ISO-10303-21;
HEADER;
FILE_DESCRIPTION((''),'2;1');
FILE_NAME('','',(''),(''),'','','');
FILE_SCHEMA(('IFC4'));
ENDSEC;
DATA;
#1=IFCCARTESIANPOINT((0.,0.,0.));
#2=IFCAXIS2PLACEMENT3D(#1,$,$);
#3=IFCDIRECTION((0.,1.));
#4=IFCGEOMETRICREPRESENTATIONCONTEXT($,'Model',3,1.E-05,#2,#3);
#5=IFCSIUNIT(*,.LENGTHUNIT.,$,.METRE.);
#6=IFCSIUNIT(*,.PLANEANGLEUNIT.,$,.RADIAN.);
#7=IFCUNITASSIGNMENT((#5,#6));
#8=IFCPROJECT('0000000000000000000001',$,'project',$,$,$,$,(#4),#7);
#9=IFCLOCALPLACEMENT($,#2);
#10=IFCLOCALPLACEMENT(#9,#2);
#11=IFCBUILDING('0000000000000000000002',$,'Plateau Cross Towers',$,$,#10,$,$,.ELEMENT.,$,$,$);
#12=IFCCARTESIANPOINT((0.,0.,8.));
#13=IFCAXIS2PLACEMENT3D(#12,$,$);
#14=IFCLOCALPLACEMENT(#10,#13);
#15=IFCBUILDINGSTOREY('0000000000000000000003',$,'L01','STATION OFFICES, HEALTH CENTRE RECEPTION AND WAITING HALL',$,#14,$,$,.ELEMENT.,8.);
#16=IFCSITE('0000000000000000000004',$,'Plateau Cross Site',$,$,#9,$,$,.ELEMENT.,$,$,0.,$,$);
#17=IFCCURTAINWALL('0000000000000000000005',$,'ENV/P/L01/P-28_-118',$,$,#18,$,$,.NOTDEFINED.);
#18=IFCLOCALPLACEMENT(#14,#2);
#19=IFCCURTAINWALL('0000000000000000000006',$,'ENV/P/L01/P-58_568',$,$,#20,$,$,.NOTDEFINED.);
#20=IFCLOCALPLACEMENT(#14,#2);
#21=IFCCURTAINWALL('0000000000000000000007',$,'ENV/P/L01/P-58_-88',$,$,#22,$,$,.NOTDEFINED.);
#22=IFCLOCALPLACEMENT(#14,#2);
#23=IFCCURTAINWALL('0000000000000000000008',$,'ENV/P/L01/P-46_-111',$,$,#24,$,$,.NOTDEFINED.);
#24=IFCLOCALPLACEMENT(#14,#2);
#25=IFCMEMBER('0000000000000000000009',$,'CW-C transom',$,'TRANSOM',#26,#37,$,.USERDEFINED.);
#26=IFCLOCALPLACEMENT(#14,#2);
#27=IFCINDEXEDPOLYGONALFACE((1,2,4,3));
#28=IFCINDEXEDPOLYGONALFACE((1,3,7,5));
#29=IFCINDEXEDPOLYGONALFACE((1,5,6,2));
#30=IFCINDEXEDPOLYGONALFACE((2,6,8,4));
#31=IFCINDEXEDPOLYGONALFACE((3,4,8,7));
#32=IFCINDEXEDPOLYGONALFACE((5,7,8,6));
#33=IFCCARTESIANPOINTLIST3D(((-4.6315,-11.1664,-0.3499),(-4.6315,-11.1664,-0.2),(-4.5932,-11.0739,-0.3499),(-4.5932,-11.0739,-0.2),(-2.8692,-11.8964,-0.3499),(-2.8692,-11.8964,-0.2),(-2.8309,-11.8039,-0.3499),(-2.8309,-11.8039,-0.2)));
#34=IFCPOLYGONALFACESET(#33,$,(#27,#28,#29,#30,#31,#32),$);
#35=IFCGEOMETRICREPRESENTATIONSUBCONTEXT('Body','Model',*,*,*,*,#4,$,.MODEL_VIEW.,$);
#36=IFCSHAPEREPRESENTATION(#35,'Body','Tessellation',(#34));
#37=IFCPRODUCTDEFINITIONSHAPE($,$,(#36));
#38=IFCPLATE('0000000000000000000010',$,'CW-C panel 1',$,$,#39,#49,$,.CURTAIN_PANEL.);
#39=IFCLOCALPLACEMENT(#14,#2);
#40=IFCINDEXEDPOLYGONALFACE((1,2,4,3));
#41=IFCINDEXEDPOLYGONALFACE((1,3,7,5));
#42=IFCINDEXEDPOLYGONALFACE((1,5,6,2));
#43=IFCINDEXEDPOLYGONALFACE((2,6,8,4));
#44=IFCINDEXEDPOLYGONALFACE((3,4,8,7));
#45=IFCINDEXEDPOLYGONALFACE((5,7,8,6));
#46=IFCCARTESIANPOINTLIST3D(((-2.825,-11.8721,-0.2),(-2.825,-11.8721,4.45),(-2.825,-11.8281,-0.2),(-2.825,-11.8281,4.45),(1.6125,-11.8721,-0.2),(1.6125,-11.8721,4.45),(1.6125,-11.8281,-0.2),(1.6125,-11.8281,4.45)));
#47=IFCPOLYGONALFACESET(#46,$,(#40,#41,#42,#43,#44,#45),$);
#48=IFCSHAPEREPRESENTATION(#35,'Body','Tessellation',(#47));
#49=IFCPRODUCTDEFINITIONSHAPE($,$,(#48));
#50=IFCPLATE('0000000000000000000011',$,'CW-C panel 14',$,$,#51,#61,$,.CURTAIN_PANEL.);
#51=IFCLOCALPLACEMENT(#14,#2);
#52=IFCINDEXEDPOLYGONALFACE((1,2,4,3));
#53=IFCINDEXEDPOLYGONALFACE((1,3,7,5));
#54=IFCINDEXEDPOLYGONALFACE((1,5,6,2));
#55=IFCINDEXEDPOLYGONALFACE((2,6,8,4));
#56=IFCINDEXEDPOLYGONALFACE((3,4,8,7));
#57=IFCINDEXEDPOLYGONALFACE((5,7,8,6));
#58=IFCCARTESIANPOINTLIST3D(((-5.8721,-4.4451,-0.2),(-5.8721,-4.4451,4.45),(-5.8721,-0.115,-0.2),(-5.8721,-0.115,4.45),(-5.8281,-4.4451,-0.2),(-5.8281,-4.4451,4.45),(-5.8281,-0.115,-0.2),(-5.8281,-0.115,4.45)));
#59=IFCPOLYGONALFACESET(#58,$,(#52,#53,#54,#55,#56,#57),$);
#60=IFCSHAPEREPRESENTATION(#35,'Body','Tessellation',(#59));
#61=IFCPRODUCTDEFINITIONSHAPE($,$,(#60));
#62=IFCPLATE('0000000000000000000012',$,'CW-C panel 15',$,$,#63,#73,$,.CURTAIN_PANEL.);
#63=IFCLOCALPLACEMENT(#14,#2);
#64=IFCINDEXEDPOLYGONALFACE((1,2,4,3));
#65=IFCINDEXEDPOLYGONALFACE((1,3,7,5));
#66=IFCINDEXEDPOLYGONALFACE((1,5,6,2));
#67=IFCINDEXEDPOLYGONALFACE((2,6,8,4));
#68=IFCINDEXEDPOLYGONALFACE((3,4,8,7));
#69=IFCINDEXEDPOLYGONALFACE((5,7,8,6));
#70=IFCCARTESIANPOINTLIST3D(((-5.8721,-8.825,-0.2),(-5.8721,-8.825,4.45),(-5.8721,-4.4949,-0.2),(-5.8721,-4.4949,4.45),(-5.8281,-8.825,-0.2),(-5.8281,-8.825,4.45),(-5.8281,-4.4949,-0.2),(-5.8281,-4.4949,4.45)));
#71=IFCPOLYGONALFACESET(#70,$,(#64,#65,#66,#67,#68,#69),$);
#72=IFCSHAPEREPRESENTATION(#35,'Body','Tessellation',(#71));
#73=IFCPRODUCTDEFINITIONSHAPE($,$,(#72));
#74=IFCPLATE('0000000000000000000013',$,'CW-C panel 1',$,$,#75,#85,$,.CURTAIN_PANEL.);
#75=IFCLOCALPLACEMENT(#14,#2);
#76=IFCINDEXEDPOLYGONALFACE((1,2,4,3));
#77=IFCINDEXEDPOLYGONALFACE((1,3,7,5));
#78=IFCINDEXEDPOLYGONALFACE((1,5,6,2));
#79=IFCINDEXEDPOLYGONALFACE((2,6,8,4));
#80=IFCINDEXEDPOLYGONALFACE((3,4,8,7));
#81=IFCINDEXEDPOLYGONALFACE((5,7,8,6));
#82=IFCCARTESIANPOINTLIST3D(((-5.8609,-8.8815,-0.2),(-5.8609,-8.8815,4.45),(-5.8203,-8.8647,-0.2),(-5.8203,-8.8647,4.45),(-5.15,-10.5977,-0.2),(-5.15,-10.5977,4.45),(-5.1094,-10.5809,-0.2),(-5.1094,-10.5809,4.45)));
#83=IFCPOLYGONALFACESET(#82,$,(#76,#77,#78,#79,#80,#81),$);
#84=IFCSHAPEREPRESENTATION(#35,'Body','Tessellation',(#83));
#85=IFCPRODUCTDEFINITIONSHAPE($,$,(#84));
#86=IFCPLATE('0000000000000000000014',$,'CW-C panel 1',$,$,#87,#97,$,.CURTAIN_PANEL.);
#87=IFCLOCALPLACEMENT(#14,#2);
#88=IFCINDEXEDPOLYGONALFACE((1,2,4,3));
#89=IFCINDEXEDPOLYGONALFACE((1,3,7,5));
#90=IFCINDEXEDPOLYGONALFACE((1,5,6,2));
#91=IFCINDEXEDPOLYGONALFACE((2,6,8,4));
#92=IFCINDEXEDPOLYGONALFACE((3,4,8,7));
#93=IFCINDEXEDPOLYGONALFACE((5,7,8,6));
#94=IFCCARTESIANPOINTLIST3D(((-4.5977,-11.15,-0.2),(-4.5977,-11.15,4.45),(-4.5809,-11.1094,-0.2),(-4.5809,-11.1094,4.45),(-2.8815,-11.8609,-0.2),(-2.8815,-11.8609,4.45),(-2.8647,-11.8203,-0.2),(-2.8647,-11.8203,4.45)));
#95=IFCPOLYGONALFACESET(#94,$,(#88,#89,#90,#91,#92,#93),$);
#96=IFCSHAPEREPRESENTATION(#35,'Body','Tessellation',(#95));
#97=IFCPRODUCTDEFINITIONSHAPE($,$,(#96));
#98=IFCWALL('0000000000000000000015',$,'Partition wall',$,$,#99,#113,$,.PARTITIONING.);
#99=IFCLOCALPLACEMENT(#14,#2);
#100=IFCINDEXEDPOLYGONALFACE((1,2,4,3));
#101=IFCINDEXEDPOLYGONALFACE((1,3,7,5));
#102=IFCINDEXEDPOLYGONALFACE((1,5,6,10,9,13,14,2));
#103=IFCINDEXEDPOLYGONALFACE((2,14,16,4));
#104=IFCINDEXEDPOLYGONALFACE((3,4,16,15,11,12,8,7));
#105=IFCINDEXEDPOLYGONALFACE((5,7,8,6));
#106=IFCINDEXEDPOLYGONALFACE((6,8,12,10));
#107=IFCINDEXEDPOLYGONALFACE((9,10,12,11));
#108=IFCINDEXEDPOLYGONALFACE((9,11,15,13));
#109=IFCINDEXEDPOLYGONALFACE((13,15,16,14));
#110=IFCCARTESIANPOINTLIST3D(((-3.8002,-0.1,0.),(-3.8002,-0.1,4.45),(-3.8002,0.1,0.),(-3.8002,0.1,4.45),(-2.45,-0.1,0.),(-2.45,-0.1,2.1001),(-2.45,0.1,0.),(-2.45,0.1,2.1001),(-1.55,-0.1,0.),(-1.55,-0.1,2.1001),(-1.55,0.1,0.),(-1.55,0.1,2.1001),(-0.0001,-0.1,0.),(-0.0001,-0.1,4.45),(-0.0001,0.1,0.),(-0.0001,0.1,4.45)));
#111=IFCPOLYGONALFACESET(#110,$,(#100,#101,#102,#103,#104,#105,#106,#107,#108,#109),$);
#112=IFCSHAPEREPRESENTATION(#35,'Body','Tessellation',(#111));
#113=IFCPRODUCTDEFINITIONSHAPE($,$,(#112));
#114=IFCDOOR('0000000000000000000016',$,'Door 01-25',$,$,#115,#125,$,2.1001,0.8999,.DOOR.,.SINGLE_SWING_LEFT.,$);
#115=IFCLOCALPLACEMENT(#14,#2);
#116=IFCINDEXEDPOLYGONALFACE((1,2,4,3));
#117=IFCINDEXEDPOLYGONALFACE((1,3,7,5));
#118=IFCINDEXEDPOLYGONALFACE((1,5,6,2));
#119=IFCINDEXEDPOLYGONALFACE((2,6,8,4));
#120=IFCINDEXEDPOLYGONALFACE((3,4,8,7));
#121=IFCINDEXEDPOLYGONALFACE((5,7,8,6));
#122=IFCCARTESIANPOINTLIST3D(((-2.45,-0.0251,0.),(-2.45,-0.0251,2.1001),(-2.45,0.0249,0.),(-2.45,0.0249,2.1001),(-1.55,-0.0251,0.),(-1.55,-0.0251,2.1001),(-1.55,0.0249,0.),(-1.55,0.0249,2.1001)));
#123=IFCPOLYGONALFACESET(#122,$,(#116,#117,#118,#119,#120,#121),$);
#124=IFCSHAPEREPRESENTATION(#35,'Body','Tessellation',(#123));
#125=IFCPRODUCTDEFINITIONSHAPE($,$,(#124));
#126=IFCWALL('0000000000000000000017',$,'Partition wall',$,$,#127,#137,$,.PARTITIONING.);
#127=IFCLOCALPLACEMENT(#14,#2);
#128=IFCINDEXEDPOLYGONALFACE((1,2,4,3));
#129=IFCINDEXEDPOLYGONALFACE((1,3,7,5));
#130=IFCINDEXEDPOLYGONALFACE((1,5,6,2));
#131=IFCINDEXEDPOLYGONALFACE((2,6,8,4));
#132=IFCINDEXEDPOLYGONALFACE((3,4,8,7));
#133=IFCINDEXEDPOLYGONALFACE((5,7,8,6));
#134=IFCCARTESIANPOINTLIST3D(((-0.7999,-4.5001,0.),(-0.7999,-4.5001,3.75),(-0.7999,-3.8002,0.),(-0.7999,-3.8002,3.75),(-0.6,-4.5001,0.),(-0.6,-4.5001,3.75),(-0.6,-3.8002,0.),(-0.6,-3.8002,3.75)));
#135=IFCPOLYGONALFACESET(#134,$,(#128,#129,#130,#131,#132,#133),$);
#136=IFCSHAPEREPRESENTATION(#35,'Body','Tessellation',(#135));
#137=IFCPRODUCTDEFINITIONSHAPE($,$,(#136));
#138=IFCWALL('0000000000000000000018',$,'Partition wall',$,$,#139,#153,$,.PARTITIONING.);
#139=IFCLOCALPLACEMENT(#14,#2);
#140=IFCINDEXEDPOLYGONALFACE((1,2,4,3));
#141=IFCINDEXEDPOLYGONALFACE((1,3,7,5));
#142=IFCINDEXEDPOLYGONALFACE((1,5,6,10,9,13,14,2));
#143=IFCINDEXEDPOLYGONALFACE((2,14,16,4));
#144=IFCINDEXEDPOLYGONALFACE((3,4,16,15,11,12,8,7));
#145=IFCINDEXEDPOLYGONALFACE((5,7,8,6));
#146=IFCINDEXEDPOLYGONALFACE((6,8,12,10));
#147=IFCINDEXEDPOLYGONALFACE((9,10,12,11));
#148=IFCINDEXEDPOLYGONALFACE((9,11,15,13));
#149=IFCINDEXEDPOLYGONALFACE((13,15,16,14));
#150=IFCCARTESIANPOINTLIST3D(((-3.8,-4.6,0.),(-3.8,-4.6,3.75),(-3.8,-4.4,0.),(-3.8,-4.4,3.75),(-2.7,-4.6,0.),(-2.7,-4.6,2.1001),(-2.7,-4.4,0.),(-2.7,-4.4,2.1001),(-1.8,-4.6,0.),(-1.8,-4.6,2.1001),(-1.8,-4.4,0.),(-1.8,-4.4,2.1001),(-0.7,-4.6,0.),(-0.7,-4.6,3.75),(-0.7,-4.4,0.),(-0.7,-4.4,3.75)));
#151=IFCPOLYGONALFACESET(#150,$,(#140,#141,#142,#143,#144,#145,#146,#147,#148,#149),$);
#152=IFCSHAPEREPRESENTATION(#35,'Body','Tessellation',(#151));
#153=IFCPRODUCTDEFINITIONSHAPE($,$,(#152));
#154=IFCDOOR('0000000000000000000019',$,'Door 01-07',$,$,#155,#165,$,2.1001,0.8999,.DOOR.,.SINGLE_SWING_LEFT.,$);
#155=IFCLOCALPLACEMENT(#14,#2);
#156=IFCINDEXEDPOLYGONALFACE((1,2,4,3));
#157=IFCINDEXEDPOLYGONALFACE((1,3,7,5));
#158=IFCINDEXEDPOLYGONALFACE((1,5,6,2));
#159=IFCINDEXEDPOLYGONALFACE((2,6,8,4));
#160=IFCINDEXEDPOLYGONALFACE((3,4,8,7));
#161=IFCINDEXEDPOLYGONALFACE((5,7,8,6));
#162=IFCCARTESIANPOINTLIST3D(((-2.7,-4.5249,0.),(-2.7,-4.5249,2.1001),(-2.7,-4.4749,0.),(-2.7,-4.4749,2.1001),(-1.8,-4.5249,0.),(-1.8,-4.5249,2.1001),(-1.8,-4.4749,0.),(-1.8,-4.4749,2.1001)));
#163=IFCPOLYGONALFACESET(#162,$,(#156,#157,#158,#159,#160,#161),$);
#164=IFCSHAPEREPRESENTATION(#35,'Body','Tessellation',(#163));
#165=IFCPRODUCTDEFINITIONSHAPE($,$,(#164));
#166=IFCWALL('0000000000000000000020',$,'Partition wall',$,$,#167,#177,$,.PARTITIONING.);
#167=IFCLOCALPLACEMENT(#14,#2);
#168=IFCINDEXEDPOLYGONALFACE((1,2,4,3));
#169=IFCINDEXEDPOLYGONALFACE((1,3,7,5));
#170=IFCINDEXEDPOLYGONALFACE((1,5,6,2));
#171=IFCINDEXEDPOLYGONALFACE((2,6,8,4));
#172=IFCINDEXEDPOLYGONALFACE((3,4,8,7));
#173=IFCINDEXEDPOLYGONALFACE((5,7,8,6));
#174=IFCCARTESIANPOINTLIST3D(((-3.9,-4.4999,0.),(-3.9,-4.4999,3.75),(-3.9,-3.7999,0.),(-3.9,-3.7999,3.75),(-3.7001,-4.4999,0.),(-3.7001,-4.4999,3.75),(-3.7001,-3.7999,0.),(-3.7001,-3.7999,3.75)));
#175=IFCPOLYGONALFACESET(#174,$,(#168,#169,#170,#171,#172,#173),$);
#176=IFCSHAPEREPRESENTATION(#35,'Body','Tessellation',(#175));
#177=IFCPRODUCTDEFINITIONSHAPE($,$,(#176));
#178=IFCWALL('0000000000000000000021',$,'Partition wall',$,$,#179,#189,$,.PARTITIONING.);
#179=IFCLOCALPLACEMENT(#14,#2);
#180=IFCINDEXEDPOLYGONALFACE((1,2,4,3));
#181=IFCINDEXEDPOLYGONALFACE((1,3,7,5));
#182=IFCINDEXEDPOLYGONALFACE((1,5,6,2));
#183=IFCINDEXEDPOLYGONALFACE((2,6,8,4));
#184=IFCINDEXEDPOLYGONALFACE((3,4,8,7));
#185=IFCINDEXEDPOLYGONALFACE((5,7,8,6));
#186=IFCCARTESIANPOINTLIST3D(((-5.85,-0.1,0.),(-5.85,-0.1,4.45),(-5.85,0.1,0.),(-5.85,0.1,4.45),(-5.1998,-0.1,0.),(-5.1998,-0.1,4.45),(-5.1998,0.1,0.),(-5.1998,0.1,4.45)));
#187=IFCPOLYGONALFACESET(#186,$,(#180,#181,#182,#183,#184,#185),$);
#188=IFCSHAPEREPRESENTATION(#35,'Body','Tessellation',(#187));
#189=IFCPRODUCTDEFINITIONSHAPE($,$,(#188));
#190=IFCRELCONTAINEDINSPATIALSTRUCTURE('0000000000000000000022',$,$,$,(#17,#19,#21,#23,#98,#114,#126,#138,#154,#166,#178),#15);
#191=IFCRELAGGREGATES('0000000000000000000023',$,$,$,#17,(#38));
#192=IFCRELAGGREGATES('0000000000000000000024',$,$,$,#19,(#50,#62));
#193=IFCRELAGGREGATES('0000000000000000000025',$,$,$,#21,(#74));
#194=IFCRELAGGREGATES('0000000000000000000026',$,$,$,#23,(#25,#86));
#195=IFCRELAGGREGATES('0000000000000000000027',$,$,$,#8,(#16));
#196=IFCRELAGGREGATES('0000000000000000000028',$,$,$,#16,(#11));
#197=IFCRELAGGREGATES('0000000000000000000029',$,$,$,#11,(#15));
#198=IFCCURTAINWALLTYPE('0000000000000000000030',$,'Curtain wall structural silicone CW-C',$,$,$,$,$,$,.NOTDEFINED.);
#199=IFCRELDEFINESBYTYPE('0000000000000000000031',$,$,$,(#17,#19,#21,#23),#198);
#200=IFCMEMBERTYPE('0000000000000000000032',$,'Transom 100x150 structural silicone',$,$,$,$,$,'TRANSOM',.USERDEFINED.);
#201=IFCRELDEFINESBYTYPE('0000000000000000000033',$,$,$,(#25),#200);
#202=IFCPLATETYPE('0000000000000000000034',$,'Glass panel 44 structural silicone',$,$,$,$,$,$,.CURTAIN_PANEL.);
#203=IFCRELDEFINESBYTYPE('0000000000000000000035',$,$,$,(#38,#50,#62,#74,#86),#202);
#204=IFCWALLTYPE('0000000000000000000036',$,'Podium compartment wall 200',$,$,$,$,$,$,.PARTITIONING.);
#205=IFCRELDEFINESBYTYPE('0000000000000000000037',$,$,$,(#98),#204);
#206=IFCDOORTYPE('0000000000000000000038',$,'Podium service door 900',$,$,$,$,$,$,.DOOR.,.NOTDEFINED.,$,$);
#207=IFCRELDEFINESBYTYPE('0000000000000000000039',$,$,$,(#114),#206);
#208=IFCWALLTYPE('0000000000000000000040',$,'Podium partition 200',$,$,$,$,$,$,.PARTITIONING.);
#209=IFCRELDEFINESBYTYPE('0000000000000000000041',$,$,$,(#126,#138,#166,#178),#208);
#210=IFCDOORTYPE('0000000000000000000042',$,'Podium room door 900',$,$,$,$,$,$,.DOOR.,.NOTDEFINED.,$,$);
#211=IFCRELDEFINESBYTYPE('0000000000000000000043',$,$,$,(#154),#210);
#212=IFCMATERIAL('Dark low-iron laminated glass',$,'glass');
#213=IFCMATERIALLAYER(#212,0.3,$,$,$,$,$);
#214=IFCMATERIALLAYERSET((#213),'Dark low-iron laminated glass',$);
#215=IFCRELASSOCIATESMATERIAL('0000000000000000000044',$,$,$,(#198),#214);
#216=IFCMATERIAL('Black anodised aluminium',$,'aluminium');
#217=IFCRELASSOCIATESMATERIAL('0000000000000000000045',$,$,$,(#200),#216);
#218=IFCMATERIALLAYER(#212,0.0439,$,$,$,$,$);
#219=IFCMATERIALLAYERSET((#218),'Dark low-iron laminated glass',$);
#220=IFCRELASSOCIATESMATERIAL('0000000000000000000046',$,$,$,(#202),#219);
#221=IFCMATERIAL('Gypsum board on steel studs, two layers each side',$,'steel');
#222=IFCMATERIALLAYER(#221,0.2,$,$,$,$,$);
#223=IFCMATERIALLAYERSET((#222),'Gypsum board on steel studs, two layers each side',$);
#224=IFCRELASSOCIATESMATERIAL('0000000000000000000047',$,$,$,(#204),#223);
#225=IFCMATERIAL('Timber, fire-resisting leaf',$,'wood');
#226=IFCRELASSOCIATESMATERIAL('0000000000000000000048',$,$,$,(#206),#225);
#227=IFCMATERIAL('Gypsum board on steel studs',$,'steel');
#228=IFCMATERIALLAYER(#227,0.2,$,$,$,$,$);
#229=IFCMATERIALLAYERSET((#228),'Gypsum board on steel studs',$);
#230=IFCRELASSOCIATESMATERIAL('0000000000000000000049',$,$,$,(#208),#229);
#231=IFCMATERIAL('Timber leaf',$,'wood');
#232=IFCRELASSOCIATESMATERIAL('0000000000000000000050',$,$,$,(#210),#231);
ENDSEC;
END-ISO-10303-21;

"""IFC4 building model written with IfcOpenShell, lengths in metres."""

from ifc_helpers import new_model, si_unit, direction, frame, frame_2d, origin, origin_2d, place, context, subcontext, project, spatial, rectangle, extrude, material, layer, layer_set, material_profile, profile_set, type_object, element, fill, aggregate, save


model = new_model("IFC4")

# Units and contexts
model_context = context("Model", 3, precision=1e-05, world=origin(), true_north=direction((0.0, 1.0)))
body_context = subcontext(model_context, "Body", "Model", "MODEL_VIEW")
ifc_project = project(units=[si_unit("LENGTHUNIT", "METRE"), si_unit("PLANEANGLEUNIT", "RADIAN")], contexts=[model_context])

# Site, building, storey
site_placement = place(None, origin())
site = spatial("IfcSite", under=ifc_project, at=site_placement, Name="Plateau Cross Site", CompositionType="ELEMENT", RefElevation=0.0)
building_placement = place(site_placement, origin())
building = spatial("IfcBuilding", under=site, at=building_placement, Name="Plateau Cross Towers", CompositionType="ELEMENT")
storey_placement = place(building_placement, frame((0.0, 0.0, 8.0)))
storey = spatial("IfcBuildingStorey", under=building, at=storey_placement, Name="L01", Description="STATION OFFICES, HEALTH CENTRE RECEPTION AND WAITING HALL", CompositionType="ELEMENT", Elevation=8.0)

# Curtain wall
ifc_material_1 = material(Name="Dark low-iron laminated glass", Category="glass")
ifc_layer_1 = layer(ifc_material_1, 0.3)
ifc_layer_set_1 = layer_set([ifc_layer_1], Name="Dark low-iron laminated glass")
curtain_wall_type = type_object("IfcCurtainWallType", Name="Curtain wall structural silicone CW-C", PredefinedType="NOTDEFINED", material=ifc_layer_set_1)
curtain_wall_1_placement = place(storey_placement, origin())
curtain_wall_1 = element("IfcCurtainWall", 1, at=curtain_wall_1_placement, inside=storey, type_object=curtain_wall_type, Name="ENV/P/L01/P-28_-118", PredefinedType="NOTDEFINED")
ifc_material_2 = material(Name="Black anodised aluminium", Category="aluminium")

# Curtain walls
curtain_wall_2_placement = place(storey_placement, origin())
curtain_wall_2 = element("IfcCurtainWall", 2, at=curtain_wall_2_placement, inside=storey, type_object=curtain_wall_type, Name="ENV/P/L01/P-58_568", PredefinedType="NOTDEFINED")
curtain_wall_3_placement = place(storey_placement, origin())
curtain_wall_3 = element("IfcCurtainWall", 3, at=curtain_wall_3_placement, inside=storey, type_object=curtain_wall_type, Name="ENV/P/L01/P-58_-88", PredefinedType="NOTDEFINED")

# Curtain wall
curtain_wall_4_placement = place(storey_placement, origin())
curtain_wall_4 = element("IfcCurtainWall", 4, at=curtain_wall_4_placement, inside=storey, type_object=curtain_wall_type, Name="ENV/P/L01/P-46_-111", PredefinedType="NOTDEFINED")

# Member
ifc_material_profile_1 = material_profile(ifc_material_2, rectangle(XDim=0.1001, YDim=0.1499, at=origin_2d()), Name="TRANSOM 100x150")
ifc_profile_set_1 = profile_set([ifc_material_profile_1], Name="Black anodised aluminium")
member_type_1 = type_object("IfcMemberType", Name="Transom 100x150 structural silicone", ElementType="TRANSOM", PredefinedType="USERDEFINED", material=ifc_profile_set_1)
member_1_placement = place(storey_placement, frame((-4.6123, -11.1201, -0.2749), z_axis=(0.92387, -0.382706, 0.0), x_axis=(0.382706, 0.92387, 0.0)))
member_1 = element("IfcMember", 5, at=member_1_placement, type_object=member_type_1, Name="CW-C transom", ObjectType="TRANSOM", PredefinedType="USERDEFINED", context=body_context, shape_type="SweptSolid", body=[
    extrude(rectangle(XDim=0.1001, YDim=0.1499, at=origin_2d()), origin(), (0.0, 0.0, 1.0), 1.9075),
])

# Plates
ifc_layer_2 = layer(ifc_material_1, 0.0439)
ifc_layer_set_2 = layer_set([ifc_layer_2], Name="Dark low-iron laminated glass")
plate_type = type_object("IfcPlateType", Name="Glass panel 44 structural silicone", PredefinedType="CURTAIN_PANEL", material=ifc_layer_set_2)
plate_1_placement = place(storey_placement, frame((-0.6062, -11.8501, -0.2), z_axis=(0.0, 0.0, 1.0), x_axis=(1.0, 0.0, 0.0)))
plate_1 = element("IfcPlate", 6, at=plate_1_placement, type_object=plate_type, Name="CW-C panel 1", PredefinedType="CURTAIN_PANEL", context=body_context, shape_type="SweptSolid", body=[
    extrude(rectangle(XDim=4.4375, YDim=0.0439, at=origin_2d()), origin(), (0.0, 0.0, 1.0), 4.6499),
])
aggregate(curtain_wall_1, [plate_1])
plate_2_placement = place(storey_placement, frame((-5.8501, -2.28, -0.2), z_axis=(0.0, 0.0, 1.0), x_axis=(0.0, -1.0, 0.0)))
plate_2 = element("IfcPlate", 7, at=plate_2_placement, type_object=plate_type, Name="CW-C panel 14", PredefinedType="CURTAIN_PANEL", context=body_context, shape_type="SweptSolid", body=[
    extrude(rectangle(XDim=4.3301, YDim=0.0439, at=origin_2d()), origin(), (0.0, 0.0, 1.0), 4.6499),
])
plate_3_placement = place(storey_placement, frame((-5.8501, -6.6599, -0.2), z_axis=(0.0, 0.0, 1.0), x_axis=(0.0, -1.0, 0.0)))
plate_3 = element("IfcPlate", 8, at=plate_3_placement, type_object=plate_type, Name="CW-C panel 15", PredefinedType="CURTAIN_PANEL", context=body_context, shape_type="SweptSolid", body=[
    extrude(rectangle(XDim=4.3301, YDim=0.0439, at=origin_2d()), origin(), (0.0, 0.0, 1.0), 4.6499),
])
aggregate(curtain_wall_2, [plate_2, plate_3])
plate_4_placement = place(storey_placement, frame((-5.4851, -9.7312, -0.2), z_axis=(0.0, 0.0, 1.0), x_axis=(0.382684, -0.923879, 0.0)))
plate_4 = element("IfcPlate", 9, at=plate_4_placement, type_object=plate_type, Name="CW-C panel 1", PredefinedType="CURTAIN_PANEL", context=body_context, shape_type="SweptSolid", body=[
    extrude(rectangle(XDim=1.8577, YDim=0.0439, at=origin_2d()), origin(), (0.0, 0.0, 1.0), 4.6499),
])
aggregate(curtain_wall_3, [plate_4])
plate_5_placement = place(storey_placement, frame((-3.7312, -11.4851, -0.2), z_axis=(0.0, 0.0, 1.0), x_axis=(0.923879, -0.382684, 0.0)))
plate_5 = element("IfcPlate", 10, at=plate_5_placement, type_object=plate_type, Name="CW-C panel 1", PredefinedType="CURTAIN_PANEL", context=body_context, shape_type="SweptSolid", body=[
    extrude(rectangle(XDim=1.8577, YDim=0.0439, at=origin_2d()), origin(), (0.0, 0.0, 1.0), 4.6499),
])
aggregate(curtain_wall_4, [member_1, plate_5])

# Wall, opening, door
ifc_material_3 = material(Name="Gypsum board on steel studs, two layers each side", Category="steel")
ifc_layer_3 = layer(ifc_material_3, 0.2)
ifc_layer_set_3 = layer_set([ifc_layer_3], Name="Gypsum board on steel studs, two layers each side")
wall_type_1 = type_object("IfcWallType", Name="Podium compartment wall 200", PredefinedType="PARTITIONING", material=ifc_layer_set_3)
wall_1_placement = place(storey_placement, frame((-3.8, 0.0, 0.0), z_axis=(0.0, 0.0, 1.0), x_axis=(1.0, 0.0, 0.0)))
wall_1 = element("IfcWall", 11, at=wall_1_placement, inside=storey, type_object=wall_type_1, Name="Partition wall", PredefinedType="PARTITIONING", context=body_context, shape_type="SweptSolid", body=[
    extrude(rectangle(XDim=3.8, YDim=0.2, at=frame_2d((1.8999, 0.0))), origin(), (0.0, 0.0, 1.0), 4.45),
])
opening_1_placement = place(wall_1_placement, frame((1.3501, 0.0, 0.0)))
opening_1 = element("IfcOpeningElement", 12, at=opening_1_placement, cuts=wall_1, PredefinedType="OPENING", context=body_context, shape_type="SweptSolid", body=[
    extrude(rectangle(XDim=0.8999, YDim=2.1001, at=frame_2d((0.45, 1.05))), frame((0.0, 0.1099, 0.0), z_axis=(0.0, -1.0, 0.0), x_axis=(1.0, 0.0, 0.0)), (0.0, 0.0, 1.0), 0.22),
])
ifc_material_4 = material(Name="Timber, fire-resisting leaf", Category="wood")
door_type_1 = type_object("IfcDoorType", Name="Podium service door 900", OperationType="NOTDEFINED", PredefinedType="DOOR", material=ifc_material_4)
door_1_placement = place(opening_1_placement, origin())
door_1 = element("IfcDoor", 13, at=door_1_placement, inside=storey, type_object=door_type_1, Name="Door 01-25", OperationType="SINGLE_SWING_LEFT", OverallHeight=2.1001, OverallWidth=0.8999, PredefinedType="DOOR", context=body_context, shape_type="SweptSolid", body=[
    extrude(rectangle(XDim=0.8999, YDim=2.1001, at=frame_2d((0.45, 1.05))), frame((0.0, 0.0249, 0.0), z_axis=(0.0, -1.0, 0.0), x_axis=(1.0, 0.0, 0.0)), (0.0, 0.0, 1.0), 0.05),
])
fill(opening_1, door_1)

# Wall
ifc_material_5 = material(Name="Gypsum board on steel studs", Category="steel")
ifc_layer_4 = layer(ifc_material_5, 0.2)
ifc_layer_set_4 = layer_set([ifc_layer_4], Name="Gypsum board on steel studs")
wall_type_2 = type_object("IfcWallType", Name="Podium partition 200", PredefinedType="PARTITIONING", material=ifc_layer_set_4)
wall_2_placement = place(storey_placement, frame((-0.7, -3.8, 0.0), z_axis=(0.0, 0.0, 1.0), x_axis=(0.0, -1.0, 0.0)))
element("IfcWall", 14, at=wall_2_placement, inside=storey, type_object=wall_type_2, Name="Partition wall", PredefinedType="PARTITIONING", context=body_context, shape_type="SweptSolid", body=[
    extrude(rectangle(XDim=0.7, YDim=0.2, at=frame_2d((0.3501, 0.0))), origin(), (0.0, 0.0, 1.0), 3.75),
])

# Wall, opening, door
wall_3_placement = place(storey_placement, frame((-0.7, -4.5, 0.0), z_axis=(0.0, 0.0, 1.0), x_axis=(-1.0, 0.0, 0.0)))
wall_3 = element("IfcWall", 15, at=wall_3_placement, inside=storey, type_object=wall_type_2, Name="Partition wall", PredefinedType="PARTITIONING", context=body_context, shape_type="SweptSolid", body=[
    extrude(rectangle(XDim=3.1001, YDim=0.2, at=frame_2d((1.55, 0.0))), origin(), (0.0, 0.0, 1.0), 3.75),
])
opening_2_placement = place(wall_3_placement, frame((1.1001, 0.0, 0.0)))
opening_2 = element("IfcOpeningElement", 16, at=opening_2_placement, cuts=wall_3, PredefinedType="OPENING", context=body_context, shape_type="SweptSolid", body=[
    extrude(rectangle(XDim=0.8999, YDim=2.1001, at=frame_2d((0.45, 1.05))), frame((0.0, 0.1099, 0.0), z_axis=(0.0, -1.0, 0.0), x_axis=(1.0, 0.0, 0.0)), (0.0, 0.0, 1.0), 0.22),
])
ifc_material_6 = material(Name="Timber leaf", Category="wood")
door_type_2 = type_object("IfcDoorType", Name="Podium room door 900", OperationType="NOTDEFINED", PredefinedType="DOOR", material=ifc_material_6)
door_2_placement = place(opening_2_placement, origin())
door_2 = element("IfcDoor", 17, at=door_2_placement, inside=storey, type_object=door_type_2, Name="Door 01-07", OperationType="SINGLE_SWING_LEFT", OverallHeight=2.1001, OverallWidth=0.8999, PredefinedType="DOOR", context=body_context, shape_type="SweptSolid", body=[
    extrude(rectangle(XDim=0.8999, YDim=2.1001, at=frame_2d((0.45, 1.05))), frame((0.0, 0.0249, 0.0), z_axis=(0.0, -1.0, 0.0), x_axis=(1.0, 0.0, 0.0)), (0.0, 0.0, 1.0), 0.05),
])
fill(opening_2, door_2)

# Walls
wall_4_placement = place(storey_placement, frame((-3.8, -4.5, 0.0), z_axis=(0.0, 0.0, 1.0), x_axis=(0.0, 1.0, 0.0)))
element("IfcWall", 18, at=wall_4_placement, inside=storey, type_object=wall_type_2, Name="Partition wall", PredefinedType="PARTITIONING", context=body_context, shape_type="SweptSolid", body=[
    extrude(rectangle(XDim=0.7, YDim=0.2, at=frame_2d((0.3501, 0.0))), origin(), (0.0, 0.0, 1.0), 3.75),
])
wall_5_placement = place(storey_placement, frame((-5.8501, 0.0, 0.0), z_axis=(0.0, 0.0, 1.0), x_axis=(1.0, 0.0, 0.0)))
element("IfcWall", 19, at=wall_5_placement, inside=storey, type_object=wall_type_2, Name="Partition wall", PredefinedType="PARTITIONING", context=body_context, shape_type="SweptSolid", body=[
    extrude(rectangle(XDim=0.6501, YDim=0.2, at=frame_2d((0.3252, 0.0))), origin(), (0.0, 0.0, 1.0), 4.45),
])

save(model, "model.ifc")
